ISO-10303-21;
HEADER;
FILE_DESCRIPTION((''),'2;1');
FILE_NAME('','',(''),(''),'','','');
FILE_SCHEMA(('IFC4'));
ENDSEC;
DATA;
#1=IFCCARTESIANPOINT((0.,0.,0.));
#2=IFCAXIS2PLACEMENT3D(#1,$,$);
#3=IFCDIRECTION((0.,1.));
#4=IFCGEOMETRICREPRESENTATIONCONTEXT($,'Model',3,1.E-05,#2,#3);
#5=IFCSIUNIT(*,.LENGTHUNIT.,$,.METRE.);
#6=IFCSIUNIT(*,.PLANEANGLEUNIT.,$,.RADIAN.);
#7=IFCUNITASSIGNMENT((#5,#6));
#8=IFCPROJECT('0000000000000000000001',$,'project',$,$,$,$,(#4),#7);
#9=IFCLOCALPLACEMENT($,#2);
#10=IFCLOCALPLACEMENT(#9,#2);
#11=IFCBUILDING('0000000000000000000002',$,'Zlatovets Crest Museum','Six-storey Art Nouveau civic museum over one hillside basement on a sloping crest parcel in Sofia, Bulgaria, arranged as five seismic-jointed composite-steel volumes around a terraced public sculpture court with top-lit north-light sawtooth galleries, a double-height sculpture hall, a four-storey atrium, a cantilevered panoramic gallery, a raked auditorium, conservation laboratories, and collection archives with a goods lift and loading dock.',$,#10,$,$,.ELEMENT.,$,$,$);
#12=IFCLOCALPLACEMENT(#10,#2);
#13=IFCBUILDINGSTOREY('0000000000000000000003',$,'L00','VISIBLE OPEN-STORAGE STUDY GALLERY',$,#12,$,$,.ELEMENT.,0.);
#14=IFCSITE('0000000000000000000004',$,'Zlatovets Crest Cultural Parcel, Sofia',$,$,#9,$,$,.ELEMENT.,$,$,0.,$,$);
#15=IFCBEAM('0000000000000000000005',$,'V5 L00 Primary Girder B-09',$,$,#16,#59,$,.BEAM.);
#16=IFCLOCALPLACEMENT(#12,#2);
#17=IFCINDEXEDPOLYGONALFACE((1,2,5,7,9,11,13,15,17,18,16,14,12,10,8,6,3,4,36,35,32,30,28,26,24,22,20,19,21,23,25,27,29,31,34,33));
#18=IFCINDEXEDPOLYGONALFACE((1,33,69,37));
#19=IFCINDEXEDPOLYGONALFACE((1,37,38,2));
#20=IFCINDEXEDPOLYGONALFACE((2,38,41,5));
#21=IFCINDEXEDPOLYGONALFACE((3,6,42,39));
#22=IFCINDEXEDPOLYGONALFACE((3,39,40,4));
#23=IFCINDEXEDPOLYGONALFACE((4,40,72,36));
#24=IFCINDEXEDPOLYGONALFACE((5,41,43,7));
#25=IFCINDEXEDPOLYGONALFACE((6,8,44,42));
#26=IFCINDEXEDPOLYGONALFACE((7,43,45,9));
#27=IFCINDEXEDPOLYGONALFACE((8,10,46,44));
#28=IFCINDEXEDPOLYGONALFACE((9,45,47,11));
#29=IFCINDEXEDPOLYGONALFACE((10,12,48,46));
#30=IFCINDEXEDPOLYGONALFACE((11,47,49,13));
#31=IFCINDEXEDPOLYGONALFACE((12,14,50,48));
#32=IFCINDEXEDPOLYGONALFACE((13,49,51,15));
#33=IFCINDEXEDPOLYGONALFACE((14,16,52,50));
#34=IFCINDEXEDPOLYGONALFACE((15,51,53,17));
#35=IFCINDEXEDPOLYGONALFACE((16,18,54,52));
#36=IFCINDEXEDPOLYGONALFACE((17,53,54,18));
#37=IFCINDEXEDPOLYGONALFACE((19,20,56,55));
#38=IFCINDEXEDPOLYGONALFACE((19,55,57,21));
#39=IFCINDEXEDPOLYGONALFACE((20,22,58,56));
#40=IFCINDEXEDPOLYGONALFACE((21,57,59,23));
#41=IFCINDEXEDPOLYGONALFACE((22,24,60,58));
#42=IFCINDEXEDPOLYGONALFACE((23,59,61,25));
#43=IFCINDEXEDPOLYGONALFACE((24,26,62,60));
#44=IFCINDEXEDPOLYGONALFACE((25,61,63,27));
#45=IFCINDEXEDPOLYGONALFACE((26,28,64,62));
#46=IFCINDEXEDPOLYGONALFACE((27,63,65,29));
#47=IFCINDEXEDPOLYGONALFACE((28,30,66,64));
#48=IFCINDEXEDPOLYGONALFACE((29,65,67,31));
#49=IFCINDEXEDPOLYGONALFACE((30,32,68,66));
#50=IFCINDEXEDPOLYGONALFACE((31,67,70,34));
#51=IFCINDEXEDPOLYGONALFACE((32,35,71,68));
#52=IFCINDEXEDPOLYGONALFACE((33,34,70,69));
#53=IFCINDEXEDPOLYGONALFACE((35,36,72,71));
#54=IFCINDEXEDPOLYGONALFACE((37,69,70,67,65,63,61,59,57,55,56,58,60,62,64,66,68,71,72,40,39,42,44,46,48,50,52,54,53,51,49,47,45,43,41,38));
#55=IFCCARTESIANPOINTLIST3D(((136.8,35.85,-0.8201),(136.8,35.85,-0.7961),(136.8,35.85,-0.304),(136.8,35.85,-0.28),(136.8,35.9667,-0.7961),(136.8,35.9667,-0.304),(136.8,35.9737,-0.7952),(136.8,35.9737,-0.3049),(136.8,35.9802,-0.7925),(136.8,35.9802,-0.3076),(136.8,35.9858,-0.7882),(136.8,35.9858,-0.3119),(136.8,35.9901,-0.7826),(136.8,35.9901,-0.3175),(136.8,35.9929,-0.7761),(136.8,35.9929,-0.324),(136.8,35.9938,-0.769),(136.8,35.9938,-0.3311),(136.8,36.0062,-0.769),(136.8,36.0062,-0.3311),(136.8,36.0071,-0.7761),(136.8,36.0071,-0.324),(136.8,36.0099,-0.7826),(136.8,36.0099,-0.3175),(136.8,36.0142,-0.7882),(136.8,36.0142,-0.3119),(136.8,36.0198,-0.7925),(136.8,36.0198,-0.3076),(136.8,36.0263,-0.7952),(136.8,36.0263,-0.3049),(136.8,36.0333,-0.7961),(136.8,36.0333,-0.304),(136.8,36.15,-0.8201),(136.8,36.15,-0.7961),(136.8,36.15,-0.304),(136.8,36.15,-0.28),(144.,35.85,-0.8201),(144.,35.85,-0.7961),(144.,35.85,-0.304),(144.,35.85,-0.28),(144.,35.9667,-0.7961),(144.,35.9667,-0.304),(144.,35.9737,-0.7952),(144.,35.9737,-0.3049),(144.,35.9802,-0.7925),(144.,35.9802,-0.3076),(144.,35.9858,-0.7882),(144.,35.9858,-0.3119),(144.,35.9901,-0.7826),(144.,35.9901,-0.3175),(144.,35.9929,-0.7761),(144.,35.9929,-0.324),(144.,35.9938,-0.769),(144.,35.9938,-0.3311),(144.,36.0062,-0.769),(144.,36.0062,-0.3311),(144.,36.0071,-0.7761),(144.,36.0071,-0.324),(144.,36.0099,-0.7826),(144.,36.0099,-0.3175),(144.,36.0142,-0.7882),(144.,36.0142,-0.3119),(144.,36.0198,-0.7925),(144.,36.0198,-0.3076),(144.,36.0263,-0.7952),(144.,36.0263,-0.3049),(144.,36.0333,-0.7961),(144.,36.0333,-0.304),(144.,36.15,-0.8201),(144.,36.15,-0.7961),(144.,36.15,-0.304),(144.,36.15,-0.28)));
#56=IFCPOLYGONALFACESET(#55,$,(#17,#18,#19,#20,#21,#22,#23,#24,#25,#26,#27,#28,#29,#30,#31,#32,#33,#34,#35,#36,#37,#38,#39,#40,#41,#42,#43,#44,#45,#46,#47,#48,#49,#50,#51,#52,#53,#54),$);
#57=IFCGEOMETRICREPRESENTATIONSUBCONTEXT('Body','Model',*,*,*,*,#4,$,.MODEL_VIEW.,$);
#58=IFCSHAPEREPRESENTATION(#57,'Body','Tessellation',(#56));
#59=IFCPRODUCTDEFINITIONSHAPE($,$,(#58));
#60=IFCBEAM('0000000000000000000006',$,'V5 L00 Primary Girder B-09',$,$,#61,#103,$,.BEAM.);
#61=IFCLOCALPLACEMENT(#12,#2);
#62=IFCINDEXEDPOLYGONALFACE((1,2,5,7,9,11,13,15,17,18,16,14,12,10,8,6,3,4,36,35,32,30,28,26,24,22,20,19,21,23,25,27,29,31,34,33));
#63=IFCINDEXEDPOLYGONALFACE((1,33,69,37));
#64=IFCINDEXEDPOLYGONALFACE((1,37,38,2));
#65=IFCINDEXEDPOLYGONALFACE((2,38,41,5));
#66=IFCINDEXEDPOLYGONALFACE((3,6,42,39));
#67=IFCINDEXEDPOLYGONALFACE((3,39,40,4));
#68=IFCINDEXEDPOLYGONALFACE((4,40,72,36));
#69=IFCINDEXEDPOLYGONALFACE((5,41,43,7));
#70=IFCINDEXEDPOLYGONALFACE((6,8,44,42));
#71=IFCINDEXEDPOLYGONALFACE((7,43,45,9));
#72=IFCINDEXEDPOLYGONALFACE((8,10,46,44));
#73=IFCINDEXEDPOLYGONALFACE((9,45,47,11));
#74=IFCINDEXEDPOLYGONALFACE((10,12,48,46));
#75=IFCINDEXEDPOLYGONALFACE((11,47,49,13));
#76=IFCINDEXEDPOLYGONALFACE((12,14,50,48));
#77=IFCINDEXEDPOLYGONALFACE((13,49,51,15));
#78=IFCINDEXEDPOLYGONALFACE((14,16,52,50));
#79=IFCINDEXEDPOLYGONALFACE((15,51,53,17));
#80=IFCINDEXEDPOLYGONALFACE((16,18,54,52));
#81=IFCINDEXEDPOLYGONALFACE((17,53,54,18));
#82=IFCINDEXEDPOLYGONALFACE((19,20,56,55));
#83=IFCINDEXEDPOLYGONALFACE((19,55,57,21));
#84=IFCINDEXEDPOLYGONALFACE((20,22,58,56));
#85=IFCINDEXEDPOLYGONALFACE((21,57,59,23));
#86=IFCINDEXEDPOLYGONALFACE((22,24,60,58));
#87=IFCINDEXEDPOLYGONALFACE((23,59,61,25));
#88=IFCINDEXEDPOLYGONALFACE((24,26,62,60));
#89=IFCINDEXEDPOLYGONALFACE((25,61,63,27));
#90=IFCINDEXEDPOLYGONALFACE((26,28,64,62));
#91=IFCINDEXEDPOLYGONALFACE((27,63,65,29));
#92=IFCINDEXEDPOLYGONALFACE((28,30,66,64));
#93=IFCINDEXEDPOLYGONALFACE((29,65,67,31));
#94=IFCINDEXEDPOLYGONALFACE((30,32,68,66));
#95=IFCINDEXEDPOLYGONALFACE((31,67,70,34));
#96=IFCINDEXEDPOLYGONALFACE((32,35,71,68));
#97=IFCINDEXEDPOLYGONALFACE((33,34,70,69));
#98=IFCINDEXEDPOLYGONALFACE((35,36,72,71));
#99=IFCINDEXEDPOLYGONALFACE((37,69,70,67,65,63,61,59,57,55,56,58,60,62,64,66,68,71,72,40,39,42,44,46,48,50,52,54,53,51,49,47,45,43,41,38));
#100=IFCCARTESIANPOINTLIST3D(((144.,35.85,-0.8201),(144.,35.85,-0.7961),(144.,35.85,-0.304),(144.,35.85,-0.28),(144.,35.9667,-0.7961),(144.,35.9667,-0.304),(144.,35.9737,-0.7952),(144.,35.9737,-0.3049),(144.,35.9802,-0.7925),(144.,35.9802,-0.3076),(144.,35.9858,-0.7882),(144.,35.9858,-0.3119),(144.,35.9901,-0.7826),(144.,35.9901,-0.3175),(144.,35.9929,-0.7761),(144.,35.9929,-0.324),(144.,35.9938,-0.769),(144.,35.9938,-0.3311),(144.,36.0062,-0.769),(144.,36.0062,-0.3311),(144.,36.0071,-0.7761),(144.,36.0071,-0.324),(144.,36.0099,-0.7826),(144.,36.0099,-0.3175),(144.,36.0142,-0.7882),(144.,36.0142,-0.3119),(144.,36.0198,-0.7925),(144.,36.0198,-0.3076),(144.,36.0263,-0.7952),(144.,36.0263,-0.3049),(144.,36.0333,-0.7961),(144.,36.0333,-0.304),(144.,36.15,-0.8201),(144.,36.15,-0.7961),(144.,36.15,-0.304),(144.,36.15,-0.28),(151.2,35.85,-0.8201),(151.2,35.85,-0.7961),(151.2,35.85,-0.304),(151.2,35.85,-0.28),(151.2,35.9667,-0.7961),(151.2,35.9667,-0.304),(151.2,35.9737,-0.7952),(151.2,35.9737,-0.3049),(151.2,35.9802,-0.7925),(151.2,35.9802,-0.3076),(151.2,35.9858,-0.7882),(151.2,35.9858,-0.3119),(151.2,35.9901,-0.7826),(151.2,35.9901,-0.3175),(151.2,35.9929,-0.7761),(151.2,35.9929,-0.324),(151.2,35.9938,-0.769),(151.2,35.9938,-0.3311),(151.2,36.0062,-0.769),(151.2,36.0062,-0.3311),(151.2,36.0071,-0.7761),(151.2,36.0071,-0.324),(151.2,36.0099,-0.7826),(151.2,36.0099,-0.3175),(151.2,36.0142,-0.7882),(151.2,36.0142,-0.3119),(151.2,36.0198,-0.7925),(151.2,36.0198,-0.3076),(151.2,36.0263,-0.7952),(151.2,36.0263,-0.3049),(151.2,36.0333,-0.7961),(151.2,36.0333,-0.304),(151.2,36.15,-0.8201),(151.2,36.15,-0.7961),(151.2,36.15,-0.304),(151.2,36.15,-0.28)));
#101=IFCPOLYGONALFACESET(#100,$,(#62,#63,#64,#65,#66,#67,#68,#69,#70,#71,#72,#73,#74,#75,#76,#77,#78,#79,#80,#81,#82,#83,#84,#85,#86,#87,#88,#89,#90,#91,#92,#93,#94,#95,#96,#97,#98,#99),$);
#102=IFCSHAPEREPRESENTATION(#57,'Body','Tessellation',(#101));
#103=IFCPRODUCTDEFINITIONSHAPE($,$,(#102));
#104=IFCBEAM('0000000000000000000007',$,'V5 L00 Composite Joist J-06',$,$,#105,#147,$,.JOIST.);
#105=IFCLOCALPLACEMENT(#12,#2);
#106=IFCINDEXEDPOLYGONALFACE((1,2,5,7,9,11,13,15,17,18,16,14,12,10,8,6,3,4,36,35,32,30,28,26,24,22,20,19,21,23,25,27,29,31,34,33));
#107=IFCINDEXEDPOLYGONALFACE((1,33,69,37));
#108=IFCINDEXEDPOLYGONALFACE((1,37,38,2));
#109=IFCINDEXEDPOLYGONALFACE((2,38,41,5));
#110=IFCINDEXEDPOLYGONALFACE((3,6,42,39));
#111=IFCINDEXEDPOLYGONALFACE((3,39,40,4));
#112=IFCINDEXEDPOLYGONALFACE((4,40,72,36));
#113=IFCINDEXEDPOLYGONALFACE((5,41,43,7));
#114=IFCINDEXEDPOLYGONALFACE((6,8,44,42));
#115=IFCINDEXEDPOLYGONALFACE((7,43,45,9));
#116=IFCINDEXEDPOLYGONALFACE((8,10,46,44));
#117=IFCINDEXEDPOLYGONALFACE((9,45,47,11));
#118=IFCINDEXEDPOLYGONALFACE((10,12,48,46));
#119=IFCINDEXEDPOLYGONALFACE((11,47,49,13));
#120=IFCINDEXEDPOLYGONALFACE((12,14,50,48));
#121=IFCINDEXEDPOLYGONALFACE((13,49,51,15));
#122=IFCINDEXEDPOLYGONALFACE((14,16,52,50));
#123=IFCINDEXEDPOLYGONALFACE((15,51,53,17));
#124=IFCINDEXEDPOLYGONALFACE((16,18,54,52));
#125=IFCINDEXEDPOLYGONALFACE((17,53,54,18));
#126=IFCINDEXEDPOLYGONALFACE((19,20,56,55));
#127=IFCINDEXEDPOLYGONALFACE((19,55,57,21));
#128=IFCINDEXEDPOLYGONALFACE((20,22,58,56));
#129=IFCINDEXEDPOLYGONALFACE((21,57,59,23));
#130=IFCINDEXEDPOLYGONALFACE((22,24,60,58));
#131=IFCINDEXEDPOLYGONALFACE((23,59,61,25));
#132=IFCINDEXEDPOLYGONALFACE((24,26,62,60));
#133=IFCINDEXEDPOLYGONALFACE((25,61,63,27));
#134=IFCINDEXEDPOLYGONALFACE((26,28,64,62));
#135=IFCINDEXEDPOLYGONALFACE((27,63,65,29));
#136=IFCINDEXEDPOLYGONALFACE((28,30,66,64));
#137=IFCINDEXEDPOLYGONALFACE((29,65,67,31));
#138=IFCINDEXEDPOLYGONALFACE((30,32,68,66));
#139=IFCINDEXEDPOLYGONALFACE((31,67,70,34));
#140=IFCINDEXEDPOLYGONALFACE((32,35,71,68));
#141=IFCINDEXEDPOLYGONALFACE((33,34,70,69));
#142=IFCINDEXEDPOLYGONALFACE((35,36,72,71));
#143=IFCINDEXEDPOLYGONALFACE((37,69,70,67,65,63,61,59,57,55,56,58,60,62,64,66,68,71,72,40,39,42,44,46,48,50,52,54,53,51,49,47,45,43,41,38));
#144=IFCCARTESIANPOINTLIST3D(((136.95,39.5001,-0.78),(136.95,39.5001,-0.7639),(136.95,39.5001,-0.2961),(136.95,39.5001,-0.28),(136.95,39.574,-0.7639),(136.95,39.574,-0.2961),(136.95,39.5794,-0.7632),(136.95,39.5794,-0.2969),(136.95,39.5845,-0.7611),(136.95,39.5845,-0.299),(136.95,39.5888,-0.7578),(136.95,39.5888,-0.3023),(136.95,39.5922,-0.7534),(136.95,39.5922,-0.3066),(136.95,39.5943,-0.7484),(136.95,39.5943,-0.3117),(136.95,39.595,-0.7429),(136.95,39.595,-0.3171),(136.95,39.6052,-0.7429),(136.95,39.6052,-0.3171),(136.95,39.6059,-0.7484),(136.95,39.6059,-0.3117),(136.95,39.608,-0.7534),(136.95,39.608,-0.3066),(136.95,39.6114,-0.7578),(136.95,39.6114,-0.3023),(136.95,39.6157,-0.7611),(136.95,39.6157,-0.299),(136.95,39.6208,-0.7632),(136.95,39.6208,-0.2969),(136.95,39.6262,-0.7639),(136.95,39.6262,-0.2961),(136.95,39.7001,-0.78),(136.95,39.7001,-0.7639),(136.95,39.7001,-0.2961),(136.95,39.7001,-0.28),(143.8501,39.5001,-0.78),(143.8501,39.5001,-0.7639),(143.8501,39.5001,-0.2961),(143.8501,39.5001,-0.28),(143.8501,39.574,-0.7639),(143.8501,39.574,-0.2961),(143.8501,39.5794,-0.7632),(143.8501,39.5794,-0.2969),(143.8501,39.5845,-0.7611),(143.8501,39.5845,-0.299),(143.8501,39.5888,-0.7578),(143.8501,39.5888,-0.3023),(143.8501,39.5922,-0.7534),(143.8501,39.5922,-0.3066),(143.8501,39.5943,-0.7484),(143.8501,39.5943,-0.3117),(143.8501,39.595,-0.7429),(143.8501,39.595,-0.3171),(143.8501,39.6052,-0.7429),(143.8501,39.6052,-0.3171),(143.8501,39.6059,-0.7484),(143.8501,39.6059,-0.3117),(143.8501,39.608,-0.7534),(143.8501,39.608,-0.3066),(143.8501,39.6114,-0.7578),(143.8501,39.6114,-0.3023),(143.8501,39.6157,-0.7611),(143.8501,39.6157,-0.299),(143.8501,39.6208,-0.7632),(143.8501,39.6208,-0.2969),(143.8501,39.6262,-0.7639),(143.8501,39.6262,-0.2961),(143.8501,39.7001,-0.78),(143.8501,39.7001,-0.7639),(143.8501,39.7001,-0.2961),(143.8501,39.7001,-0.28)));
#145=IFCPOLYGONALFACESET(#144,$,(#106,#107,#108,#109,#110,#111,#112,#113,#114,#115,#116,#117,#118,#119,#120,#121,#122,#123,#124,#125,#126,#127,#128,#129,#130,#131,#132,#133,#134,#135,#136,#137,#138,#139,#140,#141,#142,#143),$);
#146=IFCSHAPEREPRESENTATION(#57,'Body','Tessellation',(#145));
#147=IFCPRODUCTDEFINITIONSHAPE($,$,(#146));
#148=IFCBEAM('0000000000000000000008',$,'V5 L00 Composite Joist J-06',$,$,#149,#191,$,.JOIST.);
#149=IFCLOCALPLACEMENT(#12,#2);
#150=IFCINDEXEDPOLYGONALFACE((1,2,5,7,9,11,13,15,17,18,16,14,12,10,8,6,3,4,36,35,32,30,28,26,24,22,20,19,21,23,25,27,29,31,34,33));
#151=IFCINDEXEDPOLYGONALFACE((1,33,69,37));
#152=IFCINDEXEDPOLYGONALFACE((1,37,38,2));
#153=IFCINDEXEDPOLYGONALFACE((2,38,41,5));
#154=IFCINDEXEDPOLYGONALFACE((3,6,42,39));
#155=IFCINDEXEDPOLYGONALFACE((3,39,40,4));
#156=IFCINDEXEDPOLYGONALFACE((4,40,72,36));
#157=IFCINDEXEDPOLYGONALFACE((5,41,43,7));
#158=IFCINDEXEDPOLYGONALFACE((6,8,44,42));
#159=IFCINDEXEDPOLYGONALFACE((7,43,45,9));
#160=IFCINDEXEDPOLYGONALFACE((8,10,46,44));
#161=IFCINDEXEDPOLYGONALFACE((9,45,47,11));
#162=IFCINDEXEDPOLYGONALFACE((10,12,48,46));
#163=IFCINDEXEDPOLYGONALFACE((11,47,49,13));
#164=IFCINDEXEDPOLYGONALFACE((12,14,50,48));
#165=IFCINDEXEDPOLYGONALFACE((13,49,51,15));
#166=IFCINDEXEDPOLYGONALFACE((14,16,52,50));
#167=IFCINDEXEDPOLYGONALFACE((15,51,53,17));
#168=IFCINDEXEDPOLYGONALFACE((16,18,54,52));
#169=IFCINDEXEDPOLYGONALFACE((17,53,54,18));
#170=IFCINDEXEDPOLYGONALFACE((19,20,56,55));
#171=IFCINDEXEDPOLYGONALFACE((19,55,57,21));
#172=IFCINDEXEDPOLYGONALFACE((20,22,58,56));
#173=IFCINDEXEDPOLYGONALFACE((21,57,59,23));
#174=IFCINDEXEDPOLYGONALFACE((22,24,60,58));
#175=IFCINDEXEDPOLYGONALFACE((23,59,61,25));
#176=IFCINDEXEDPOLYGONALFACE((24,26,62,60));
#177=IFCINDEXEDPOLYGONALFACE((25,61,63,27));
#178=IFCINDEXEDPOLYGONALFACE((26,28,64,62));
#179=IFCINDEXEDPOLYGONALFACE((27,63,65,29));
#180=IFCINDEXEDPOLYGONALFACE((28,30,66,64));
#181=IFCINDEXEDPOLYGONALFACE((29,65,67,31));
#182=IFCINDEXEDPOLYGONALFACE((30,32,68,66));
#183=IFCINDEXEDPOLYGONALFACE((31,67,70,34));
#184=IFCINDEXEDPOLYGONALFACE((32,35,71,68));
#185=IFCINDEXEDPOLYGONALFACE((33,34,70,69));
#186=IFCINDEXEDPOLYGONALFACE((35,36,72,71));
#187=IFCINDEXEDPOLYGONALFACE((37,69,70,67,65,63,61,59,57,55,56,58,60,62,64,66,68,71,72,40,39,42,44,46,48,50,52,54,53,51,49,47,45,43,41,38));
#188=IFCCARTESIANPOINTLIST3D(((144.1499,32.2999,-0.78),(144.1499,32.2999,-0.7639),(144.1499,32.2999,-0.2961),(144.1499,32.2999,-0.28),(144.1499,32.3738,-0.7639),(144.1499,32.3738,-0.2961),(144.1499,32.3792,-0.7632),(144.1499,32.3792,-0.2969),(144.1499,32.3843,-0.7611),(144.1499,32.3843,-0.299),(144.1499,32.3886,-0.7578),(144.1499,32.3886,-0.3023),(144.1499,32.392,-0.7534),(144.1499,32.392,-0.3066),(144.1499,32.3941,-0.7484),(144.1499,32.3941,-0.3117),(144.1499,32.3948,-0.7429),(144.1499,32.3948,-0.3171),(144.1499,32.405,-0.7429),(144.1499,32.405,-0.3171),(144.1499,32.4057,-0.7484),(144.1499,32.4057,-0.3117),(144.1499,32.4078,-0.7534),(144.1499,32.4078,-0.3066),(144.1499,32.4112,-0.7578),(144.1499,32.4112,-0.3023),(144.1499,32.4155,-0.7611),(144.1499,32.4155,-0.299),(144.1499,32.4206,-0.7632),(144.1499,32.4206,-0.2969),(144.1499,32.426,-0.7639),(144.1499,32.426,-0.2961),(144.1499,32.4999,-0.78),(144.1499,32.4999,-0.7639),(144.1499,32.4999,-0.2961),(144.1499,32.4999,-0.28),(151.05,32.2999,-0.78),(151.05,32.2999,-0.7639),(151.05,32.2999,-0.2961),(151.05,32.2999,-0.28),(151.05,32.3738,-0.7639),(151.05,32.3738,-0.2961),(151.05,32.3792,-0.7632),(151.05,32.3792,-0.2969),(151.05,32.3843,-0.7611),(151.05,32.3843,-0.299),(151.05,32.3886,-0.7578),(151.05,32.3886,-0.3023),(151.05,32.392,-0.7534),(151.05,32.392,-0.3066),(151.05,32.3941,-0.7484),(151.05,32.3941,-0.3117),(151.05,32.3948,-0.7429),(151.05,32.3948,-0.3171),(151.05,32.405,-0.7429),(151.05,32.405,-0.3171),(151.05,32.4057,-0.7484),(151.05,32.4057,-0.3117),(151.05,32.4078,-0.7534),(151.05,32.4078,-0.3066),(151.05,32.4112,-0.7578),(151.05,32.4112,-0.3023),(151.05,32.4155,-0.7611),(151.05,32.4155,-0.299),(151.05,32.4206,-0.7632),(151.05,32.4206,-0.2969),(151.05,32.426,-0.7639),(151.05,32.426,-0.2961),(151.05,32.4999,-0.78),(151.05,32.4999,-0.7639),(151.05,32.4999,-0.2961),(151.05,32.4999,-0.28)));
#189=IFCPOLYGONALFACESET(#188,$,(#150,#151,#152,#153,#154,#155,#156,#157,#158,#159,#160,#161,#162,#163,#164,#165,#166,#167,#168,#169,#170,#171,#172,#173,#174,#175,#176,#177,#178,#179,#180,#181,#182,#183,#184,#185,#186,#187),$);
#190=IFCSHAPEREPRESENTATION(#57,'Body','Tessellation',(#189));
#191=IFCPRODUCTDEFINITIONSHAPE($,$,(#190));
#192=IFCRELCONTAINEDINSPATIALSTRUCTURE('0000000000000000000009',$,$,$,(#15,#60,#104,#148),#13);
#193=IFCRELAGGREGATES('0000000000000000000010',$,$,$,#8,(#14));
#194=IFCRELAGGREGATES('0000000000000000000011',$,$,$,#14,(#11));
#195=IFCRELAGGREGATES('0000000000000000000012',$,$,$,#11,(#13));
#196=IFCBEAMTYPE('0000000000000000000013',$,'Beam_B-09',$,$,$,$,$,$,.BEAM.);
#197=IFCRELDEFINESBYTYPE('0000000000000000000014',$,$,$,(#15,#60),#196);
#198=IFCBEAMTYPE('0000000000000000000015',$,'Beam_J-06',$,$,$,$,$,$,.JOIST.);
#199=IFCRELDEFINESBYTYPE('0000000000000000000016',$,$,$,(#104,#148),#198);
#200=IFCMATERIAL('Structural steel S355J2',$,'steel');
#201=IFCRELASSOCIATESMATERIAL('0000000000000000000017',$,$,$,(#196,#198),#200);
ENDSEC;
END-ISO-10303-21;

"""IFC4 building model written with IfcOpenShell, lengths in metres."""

from ifc_helpers import new_model, si_unit, direction, frame, origin, origin_2d, place, context, subcontext, project, spatial, i_section, extrude, material, material_profile, profile_set, type_object, element, save


model = new_model("IFC4")

# Units and contexts
model_context = context("Model", 3, precision=1e-05, world=origin(), true_north=direction((0.0, 1.0)))
body_context = subcontext(model_context, "Body", "Model", "MODEL_VIEW")
ifc_project = project(units=[si_unit("LENGTHUNIT", "METRE"), si_unit("PLANEANGLEUNIT", "RADIAN")], contexts=[model_context])

# Site, building, storey
site_placement = place(None, origin())
site = spatial("IfcSite", under=ifc_project, at=site_placement, Name="Zlatovets Crest Cultural Parcel, Sofia", CompositionType="ELEMENT", RefElevation=0.0)
building_placement = place(site_placement, origin())
building = spatial("IfcBuilding", under=site, at=building_placement, Name="Zlatovets Crest Museum", Description="Six-storey Art Nouveau civic museum over one hillside basement on a sloping crest parcel in Sofia, Bulgaria, arranged as five seismic-jointed composite-steel volumes around a terraced public sculpture court with top-lit north-light sawtooth galleries, a double-height sculpture hall, a four-storey atrium, a cantilevered panoramic gallery, a raked auditorium, conservation laboratories, and collection archives with a goods lift and loading dock.", CompositionType="ELEMENT")
storey_placement = place(building_placement, origin())
storey = spatial("IfcBuildingStorey", under=building, at=storey_placement, Name="L00", Description="VISIBLE OPEN-STORAGE STUDY GALLERY", CompositionType="ELEMENT", Elevation=0.0)

# Shared definitions
ifc_material_1 = material(Name="Structural steel S355J2", Category="steel")

# Beams
ifc_material_profile_1 = material_profile(ifc_material_1, i_section(OverallWidth=0.3, OverallDepth=0.54, WebThickness=0.0125, FlangeThickness=0.0239, FilletRadius=0.0271, at=origin_2d()), Name="HEA 550")
ifc_profile_set_1 = profile_set([ifc_material_profile_1], Name="Structural steel S355J2")
beam_type_1 = type_object("IfcBeamType", Name="Beam_B-09", PredefinedType="BEAM", material=ifc_profile_set_1)
for number, where, z_axis, x_axis, name in (
    (1, (136.8, 36.0, -0.55), (1.0, 0.0, 0.0), (0.0, 1.0, 0.0), "V5 L00 Primary Girder B-09"),
    (2, (144.0, 36.0, -0.55), (1.0, 0.0, 0.0), (0.0, 1.0, 0.0), "V5 L00 Primary Girder B-09"),
):
    element("IfcBeam", number, at=place(storey_placement, frame(where, z_axis=z_axis, x_axis=x_axis)), inside=storey, type_object=beam_type_1, Name=name, PredefinedType="BEAM", context=body_context, shape_type="SweptSolid", body=[
        extrude(i_section(OverallWidth=0.3, OverallDepth=0.54, WebThickness=0.0125, FlangeThickness=0.0239, FilletRadius=0.0271, at=origin_2d()), origin(), (0.0, 0.0, 1.0), 7.2),
    ])
ifc_material_profile_2 = material_profile(ifc_material_1, i_section(OverallWidth=0.2, OverallDepth=0.5, WebThickness=0.0103, FlangeThickness=0.0161, FilletRadius=0.021, at=origin_2d()), Name="IPE 500")
ifc_profile_set_2 = profile_set([ifc_material_profile_2], Name="Structural steel S355J2")
beam_type_2 = type_object("IfcBeamType", Name="Beam_J-06", PredefinedType="JOIST", material=ifc_profile_set_2)
for number, where, z_axis, x_axis, name in (
    (3, (136.95, 39.6001, -0.53), (1.0, 0.0, 0.0), (0.0, 1.0, 0.0), "V5 L00 Composite Joist J-06"),
    (4, (144.1499, 32.3999, -0.53), (1.0, 0.0, 0.0), (0.0, 1.0, 0.0), "V5 L00 Composite Joist J-06"),
):
    element("IfcBeam", number, at=place(storey_placement, frame(where, z_axis=z_axis, x_axis=x_axis)), inside=storey, type_object=beam_type_2, Name=name, PredefinedType="JOIST", context=body_context, shape_type="SweptSolid", body=[
        extrude(i_section(OverallWidth=0.2, OverallDepth=0.5, WebThickness=0.0103, FlangeThickness=0.0161, FilletRadius=0.021, at=origin_2d()), origin(), (0.0, 0.0, 1.0), 6.9001),
    ])

save(model, "model.ifc")
